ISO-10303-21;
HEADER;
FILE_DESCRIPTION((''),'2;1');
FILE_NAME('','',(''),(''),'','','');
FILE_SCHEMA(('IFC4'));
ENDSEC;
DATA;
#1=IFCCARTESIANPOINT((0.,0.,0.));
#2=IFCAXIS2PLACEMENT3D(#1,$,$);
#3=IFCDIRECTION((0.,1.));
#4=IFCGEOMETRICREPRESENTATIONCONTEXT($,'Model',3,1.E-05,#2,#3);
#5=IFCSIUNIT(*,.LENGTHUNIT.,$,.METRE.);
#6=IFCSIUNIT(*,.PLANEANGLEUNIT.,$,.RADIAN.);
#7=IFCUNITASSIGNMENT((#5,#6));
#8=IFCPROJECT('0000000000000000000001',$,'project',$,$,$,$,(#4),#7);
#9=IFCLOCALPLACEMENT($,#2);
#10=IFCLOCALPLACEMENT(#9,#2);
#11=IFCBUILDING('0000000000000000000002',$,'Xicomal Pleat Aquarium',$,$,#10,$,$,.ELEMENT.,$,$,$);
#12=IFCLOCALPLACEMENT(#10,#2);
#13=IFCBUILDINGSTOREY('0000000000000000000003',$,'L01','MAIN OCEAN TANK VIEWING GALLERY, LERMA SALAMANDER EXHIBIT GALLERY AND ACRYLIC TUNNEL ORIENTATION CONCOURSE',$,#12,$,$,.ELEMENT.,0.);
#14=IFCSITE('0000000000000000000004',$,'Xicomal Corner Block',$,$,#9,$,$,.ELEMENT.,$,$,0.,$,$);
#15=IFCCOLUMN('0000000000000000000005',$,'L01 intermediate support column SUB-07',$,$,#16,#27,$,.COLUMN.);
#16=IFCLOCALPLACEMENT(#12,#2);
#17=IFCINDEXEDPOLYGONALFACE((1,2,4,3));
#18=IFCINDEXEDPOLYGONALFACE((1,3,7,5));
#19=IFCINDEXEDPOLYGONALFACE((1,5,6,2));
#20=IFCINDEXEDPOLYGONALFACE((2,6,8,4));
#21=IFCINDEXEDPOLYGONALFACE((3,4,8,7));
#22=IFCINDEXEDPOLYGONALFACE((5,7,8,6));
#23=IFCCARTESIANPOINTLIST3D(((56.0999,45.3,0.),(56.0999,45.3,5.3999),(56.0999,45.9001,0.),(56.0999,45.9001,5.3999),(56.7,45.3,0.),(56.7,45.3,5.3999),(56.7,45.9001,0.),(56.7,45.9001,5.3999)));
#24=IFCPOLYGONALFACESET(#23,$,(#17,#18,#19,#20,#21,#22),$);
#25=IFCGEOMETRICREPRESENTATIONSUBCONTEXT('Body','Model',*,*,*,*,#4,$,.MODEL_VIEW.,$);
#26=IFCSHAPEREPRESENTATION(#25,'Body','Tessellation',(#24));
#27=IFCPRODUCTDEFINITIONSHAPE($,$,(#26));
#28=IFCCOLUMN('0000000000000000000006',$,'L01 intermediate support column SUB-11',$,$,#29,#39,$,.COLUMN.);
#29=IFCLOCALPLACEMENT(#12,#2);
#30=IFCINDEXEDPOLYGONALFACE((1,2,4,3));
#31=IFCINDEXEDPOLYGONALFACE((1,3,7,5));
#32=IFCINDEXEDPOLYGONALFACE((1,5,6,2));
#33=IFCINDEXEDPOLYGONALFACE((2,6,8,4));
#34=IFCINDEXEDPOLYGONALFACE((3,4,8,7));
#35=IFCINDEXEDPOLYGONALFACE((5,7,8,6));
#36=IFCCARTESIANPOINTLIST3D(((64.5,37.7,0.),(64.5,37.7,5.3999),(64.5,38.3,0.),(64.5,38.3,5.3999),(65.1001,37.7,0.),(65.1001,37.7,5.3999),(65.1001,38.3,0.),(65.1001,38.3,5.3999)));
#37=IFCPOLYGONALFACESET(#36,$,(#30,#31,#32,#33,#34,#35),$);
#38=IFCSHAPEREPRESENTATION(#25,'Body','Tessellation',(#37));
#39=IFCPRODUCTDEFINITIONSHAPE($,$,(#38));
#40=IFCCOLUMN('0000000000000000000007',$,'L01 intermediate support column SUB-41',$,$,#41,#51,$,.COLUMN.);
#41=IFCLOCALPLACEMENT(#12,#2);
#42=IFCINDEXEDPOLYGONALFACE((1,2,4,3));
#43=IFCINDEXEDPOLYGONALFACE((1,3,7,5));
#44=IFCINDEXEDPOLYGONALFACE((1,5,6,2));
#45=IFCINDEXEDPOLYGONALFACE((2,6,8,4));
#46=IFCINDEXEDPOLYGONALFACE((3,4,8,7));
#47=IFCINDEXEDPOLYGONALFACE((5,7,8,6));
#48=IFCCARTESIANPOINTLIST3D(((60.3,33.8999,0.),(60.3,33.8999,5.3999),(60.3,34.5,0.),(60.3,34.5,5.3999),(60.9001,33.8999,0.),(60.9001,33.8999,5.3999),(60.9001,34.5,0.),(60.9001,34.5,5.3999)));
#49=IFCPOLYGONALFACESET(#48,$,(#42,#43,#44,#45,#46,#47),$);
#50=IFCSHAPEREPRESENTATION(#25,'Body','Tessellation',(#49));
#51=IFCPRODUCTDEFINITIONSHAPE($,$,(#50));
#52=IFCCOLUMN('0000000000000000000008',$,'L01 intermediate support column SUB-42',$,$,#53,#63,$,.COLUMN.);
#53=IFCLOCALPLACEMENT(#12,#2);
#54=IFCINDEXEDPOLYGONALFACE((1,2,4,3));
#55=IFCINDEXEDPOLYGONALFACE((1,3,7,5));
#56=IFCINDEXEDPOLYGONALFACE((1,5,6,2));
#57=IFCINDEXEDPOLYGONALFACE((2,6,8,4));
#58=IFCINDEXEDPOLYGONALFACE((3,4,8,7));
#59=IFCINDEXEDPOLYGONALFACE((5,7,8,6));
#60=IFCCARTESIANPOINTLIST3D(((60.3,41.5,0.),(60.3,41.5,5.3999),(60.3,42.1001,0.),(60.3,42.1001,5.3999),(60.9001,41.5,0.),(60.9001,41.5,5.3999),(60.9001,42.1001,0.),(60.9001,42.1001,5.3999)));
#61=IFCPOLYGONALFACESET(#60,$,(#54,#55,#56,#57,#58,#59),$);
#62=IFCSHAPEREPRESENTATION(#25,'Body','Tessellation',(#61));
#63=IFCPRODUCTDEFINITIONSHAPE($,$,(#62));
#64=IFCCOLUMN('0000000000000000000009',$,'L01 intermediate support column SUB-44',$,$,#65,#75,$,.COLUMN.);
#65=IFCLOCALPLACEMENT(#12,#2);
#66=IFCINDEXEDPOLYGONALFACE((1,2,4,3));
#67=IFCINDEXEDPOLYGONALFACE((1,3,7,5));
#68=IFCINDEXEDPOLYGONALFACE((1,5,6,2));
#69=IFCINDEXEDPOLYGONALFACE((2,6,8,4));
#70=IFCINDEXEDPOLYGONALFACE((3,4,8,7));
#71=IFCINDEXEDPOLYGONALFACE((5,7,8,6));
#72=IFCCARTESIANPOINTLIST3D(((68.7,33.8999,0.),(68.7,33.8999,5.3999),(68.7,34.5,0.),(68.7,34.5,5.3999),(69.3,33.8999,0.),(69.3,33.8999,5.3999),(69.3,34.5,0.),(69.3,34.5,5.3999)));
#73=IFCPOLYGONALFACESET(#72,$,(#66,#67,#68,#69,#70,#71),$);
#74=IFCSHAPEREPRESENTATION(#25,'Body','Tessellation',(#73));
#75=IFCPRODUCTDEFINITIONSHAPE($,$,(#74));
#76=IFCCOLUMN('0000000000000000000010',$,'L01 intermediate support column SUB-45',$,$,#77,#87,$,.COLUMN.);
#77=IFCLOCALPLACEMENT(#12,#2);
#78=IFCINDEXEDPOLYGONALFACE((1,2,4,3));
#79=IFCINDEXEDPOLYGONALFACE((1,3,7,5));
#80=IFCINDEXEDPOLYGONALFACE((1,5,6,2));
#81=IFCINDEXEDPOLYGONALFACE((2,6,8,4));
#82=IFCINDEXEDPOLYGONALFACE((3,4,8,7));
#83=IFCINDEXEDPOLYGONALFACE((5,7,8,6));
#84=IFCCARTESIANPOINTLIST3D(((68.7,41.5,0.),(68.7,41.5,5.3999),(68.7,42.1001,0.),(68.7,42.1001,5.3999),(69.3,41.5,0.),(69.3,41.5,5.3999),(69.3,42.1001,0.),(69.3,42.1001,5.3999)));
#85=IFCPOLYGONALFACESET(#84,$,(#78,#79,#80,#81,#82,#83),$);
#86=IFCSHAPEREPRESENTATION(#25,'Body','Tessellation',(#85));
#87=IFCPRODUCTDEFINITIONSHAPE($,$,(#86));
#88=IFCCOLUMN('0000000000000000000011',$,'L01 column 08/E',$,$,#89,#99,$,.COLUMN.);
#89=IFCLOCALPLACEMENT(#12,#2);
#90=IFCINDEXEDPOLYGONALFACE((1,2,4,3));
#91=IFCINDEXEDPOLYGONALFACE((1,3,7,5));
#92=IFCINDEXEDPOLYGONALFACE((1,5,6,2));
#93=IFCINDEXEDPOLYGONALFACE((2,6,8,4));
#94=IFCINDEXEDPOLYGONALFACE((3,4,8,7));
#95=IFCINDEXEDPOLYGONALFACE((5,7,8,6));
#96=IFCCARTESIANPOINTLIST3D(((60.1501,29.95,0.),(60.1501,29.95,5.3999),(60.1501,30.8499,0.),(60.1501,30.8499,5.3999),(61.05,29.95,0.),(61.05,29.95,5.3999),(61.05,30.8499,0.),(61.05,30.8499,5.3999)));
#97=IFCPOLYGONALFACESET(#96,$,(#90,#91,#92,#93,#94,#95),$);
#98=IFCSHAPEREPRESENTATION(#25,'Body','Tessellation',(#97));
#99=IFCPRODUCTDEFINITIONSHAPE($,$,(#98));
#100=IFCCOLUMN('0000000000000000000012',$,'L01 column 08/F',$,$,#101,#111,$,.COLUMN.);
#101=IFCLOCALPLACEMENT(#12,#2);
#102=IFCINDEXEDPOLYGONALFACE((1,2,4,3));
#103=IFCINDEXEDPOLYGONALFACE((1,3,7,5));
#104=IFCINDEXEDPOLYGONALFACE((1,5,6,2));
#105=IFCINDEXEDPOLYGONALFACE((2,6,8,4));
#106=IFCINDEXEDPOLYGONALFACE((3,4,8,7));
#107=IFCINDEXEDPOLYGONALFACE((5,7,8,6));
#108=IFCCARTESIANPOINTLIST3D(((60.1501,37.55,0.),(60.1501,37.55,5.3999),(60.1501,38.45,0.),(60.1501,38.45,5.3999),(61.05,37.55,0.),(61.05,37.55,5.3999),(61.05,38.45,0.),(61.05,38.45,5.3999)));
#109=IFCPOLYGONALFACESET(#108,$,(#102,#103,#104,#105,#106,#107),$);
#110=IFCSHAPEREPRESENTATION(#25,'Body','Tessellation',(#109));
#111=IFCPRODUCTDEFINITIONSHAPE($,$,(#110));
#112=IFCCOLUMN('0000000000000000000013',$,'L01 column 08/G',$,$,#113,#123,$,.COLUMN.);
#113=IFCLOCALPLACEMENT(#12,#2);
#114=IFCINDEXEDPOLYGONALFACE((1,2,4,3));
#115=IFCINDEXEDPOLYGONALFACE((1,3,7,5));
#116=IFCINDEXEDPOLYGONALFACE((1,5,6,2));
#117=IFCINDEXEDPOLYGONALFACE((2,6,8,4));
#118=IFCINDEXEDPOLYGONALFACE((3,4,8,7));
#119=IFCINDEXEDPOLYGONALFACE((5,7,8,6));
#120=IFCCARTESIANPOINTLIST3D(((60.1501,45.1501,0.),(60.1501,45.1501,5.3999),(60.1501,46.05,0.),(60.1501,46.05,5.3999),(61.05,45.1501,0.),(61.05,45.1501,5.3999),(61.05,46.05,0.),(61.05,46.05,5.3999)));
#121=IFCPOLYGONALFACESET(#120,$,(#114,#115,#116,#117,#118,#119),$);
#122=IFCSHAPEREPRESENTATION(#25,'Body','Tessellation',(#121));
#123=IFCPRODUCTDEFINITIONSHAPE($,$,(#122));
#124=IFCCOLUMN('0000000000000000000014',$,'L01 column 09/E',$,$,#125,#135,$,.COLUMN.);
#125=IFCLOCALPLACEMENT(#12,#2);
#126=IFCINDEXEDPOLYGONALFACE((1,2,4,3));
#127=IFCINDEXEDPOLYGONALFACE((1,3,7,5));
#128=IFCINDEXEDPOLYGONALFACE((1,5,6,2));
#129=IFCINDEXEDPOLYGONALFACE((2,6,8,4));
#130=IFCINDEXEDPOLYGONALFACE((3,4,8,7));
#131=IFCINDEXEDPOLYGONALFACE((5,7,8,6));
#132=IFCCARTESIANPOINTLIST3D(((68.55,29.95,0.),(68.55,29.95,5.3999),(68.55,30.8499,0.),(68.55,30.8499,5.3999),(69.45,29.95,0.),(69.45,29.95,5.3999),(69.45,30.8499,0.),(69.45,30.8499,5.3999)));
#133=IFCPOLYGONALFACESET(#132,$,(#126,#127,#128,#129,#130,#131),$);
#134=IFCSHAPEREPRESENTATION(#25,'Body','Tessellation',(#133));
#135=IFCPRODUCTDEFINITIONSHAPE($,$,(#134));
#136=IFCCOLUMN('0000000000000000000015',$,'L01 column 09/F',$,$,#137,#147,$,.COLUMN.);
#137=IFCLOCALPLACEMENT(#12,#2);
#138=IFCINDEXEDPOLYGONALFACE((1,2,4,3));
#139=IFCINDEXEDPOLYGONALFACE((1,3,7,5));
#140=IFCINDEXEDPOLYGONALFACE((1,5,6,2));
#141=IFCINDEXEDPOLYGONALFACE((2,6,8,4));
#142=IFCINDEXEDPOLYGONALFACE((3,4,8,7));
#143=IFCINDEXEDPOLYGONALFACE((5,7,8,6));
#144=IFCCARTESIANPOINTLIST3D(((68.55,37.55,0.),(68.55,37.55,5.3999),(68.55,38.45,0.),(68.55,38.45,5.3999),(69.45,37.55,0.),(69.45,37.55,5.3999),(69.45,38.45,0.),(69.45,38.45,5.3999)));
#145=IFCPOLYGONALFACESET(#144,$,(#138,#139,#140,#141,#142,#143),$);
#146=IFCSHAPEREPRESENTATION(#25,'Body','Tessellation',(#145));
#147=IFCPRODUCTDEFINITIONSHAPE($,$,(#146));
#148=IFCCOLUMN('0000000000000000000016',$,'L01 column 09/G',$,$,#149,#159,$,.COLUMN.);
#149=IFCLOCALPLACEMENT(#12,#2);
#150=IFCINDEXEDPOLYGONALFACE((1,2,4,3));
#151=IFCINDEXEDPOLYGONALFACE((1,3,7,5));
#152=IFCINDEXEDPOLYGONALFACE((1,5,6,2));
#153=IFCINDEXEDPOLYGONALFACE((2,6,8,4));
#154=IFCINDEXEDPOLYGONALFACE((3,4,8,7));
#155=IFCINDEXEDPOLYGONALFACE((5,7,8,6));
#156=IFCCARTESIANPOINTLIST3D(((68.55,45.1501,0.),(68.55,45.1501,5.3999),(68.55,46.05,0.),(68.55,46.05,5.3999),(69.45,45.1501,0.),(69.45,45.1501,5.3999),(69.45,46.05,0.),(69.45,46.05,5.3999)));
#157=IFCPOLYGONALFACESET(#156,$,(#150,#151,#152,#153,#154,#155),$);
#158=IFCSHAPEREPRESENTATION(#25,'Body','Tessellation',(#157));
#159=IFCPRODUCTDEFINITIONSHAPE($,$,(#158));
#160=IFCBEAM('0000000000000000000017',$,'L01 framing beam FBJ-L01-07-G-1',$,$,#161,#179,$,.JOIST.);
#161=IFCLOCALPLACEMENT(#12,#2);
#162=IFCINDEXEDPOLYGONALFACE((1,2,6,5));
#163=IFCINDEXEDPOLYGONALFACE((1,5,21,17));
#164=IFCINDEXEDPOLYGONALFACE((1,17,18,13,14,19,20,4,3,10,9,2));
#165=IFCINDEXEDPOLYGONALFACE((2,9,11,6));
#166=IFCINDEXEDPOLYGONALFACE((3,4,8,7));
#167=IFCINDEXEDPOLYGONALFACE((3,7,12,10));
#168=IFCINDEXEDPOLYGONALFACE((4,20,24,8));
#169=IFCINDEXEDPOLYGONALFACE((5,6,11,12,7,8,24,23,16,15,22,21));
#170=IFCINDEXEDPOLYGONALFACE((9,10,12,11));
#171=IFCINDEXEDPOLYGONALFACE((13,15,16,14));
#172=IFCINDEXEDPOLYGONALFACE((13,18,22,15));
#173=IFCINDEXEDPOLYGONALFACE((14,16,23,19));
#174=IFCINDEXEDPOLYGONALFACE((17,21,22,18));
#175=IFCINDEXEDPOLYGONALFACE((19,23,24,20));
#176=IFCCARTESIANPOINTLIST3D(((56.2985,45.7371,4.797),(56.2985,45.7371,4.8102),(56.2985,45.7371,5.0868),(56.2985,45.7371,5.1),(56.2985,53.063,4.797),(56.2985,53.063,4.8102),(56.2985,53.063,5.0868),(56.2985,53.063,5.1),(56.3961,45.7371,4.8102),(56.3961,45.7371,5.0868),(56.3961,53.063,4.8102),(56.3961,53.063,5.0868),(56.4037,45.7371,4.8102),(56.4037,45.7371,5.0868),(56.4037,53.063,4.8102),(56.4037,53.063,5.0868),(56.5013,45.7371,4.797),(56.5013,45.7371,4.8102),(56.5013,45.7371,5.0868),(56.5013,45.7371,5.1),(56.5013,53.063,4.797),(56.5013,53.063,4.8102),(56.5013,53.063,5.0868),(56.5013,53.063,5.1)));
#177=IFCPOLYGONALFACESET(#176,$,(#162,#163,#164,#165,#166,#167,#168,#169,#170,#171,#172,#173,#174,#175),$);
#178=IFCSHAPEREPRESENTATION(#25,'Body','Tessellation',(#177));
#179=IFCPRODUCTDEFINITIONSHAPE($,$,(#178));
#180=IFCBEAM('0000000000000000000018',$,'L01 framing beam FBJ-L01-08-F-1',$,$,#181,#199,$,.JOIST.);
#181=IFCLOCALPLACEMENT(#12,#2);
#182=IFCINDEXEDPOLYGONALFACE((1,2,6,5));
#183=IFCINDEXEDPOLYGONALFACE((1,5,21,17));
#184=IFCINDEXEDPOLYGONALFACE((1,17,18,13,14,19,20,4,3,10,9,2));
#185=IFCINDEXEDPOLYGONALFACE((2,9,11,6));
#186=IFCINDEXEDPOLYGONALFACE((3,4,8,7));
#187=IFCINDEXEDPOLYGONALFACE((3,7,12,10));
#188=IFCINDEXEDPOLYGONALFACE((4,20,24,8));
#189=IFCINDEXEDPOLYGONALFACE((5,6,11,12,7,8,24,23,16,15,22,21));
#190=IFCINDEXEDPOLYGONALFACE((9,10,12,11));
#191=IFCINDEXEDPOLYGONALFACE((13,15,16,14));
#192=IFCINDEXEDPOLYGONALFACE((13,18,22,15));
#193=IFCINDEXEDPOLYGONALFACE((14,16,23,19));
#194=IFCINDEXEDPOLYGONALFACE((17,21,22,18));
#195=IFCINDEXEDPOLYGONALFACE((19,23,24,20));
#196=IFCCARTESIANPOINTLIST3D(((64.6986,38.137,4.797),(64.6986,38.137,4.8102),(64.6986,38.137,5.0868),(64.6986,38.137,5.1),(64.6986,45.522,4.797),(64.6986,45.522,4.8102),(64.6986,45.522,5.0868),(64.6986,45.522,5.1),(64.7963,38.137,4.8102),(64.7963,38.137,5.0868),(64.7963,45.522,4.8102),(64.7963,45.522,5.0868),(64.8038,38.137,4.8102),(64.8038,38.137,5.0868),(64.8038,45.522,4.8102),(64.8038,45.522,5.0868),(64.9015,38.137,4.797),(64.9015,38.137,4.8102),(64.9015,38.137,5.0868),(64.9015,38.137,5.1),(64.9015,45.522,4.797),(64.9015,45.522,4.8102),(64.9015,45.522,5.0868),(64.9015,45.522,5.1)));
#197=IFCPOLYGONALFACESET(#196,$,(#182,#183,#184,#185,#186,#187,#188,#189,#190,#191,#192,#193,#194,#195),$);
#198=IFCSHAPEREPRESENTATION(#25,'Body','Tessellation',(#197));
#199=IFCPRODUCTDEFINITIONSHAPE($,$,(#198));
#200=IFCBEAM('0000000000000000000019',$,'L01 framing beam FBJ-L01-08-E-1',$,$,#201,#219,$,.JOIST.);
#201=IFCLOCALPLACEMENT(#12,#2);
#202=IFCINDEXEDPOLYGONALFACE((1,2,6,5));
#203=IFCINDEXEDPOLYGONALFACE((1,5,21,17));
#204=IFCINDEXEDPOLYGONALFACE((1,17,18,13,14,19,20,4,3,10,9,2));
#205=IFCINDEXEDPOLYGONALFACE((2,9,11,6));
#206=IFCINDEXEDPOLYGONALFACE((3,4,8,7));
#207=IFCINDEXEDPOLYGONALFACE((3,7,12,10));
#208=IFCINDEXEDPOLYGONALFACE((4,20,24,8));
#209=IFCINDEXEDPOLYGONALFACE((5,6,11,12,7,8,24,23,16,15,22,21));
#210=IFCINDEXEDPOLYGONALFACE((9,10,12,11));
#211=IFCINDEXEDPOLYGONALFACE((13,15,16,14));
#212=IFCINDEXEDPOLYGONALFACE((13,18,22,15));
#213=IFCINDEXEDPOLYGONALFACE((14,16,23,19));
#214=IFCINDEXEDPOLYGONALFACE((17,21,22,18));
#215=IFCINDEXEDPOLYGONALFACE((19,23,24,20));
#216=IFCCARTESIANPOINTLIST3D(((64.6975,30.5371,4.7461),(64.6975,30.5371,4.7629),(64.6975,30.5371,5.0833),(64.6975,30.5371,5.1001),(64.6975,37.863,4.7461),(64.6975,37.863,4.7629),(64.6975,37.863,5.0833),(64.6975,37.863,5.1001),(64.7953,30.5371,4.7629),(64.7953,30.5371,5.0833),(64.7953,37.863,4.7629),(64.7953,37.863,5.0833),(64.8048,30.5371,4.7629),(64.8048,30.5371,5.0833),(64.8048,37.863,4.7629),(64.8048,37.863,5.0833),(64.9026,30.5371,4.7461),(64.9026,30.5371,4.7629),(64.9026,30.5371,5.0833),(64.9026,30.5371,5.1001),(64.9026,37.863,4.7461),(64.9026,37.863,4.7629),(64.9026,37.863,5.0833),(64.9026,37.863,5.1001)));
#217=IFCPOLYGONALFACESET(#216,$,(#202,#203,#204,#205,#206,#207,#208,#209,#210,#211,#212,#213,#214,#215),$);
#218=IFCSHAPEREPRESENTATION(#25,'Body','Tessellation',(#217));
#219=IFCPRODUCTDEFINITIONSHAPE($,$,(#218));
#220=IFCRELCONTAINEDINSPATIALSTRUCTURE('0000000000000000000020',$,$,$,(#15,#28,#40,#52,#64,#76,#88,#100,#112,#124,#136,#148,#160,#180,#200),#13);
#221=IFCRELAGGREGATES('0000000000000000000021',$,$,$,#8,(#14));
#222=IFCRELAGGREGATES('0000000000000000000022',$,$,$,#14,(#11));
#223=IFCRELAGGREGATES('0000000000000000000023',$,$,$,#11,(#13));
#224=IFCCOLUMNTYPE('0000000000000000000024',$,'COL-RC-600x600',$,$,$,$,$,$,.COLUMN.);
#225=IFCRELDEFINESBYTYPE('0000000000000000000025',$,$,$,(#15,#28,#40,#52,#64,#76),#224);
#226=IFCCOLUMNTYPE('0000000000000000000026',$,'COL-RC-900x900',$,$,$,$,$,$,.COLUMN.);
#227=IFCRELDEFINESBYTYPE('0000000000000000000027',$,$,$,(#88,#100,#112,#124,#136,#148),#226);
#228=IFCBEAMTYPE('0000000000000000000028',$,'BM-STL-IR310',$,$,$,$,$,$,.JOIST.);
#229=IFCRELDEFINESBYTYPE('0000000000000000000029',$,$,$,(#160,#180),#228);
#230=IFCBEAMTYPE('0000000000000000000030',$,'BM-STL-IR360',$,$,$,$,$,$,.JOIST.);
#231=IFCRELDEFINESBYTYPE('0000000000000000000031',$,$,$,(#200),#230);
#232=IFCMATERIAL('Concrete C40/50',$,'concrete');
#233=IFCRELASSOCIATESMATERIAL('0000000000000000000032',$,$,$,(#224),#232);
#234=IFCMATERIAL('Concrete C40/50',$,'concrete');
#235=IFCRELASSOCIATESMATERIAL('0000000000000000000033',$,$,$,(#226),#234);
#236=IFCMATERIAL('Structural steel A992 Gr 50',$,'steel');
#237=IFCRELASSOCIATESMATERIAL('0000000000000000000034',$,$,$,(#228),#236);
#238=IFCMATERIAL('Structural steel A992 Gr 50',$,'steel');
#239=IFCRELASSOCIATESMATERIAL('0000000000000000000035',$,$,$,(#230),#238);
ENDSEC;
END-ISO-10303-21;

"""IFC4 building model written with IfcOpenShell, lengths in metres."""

from ifc_helpers import new_model, si_unit, direction, frame, origin, origin_2d, place, context, subcontext, project, spatial, rectangle, i_section, extrude, material, material_profile, profile_set, type_object, element, save


model = new_model("IFC4")

# Units and contexts
model_context = context("Model", 3, precision=1e-05, world=origin(), true_north=direction((0.0, 1.0)))
body_context = subcontext(model_context, "Body", "Model", "MODEL_VIEW")
ifc_project = project(units=[si_unit("LENGTHUNIT", "METRE"), si_unit("PLANEANGLEUNIT", "RADIAN")], contexts=[model_context])

# Site, building, storey
site_placement = place(None, origin())
site = spatial("IfcSite", under=ifc_project, at=site_placement, Name="Xicomal Corner Block", CompositionType="ELEMENT", RefElevation=0.0)
building_placement = place(site_placement, origin())
building = spatial("IfcBuilding", under=site, at=building_placement, Name="Xicomal Pleat Aquarium", CompositionType="ELEMENT")
storey_placement = place(building_placement, origin())
storey = spatial("IfcBuildingStorey", under=building, at=storey_placement, Name="L01", Description="MAIN OCEAN TANK VIEWING GALLERY, LERMA SALAMANDER EXHIBIT GALLERY AND ACRYLIC TUNNEL ORIENTATION CONCOURSE", CompositionType="ELEMENT", Elevation=0.0)

# Columns
ifc_material_1 = material(Name="Concrete C40/50", Category="concrete")
ifc_material_profile_1 = material_profile(ifc_material_1, rectangle(XDim=0.6001, YDim=0.6001, at=origin_2d()), Name="RC 600x600")
ifc_profile_set_1 = profile_set([ifc_material_profile_1], Name="Concrete C40/50")
column_type_1 = type_object("IfcColumnType", Name="COL-RC-600x600", PredefinedType="COLUMN", material=ifc_profile_set_1)
for number, where, z_axis, x_axis, name in (
    (1, (56.3999, 45.6001, 0.0), (0.0, 0.0, 1.0), (1.0, 0.0, 0.0), "L01 intermediate support column SUB-07"),
    (2, (64.8, 38.0, 0.0), (0.0, 0.0, 1.0), (1.0, 0.0, 0.0), "L01 intermediate support column SUB-11"),
    (3, (60.6001, 34.2, 0.0), (0.0, 0.0, 1.0), (1.0, 0.0, 0.0), "L01 intermediate support column SUB-41"),
    (4, (60.6001, 41.8, 0.0), (0.0, 0.0, 1.0), (1.0, 0.0, 0.0), "L01 intermediate support column SUB-42"),
    (5, (69.0, 34.2, 0.0), (0.0, 0.0, 1.0), (1.0, 0.0, 0.0), "L01 intermediate support column SUB-44"),
    (6, (69.0, 41.8, 0.0), (0.0, 0.0, 1.0), (1.0, 0.0, 0.0), "L01 intermediate support column SUB-45"),
):
    element("IfcColumn", number, at=place(storey_placement, frame(where, z_axis=z_axis, x_axis=x_axis)), inside=storey, type_object=column_type_1, Name=name, PredefinedType="COLUMN", context=body_context, shape_type="SweptSolid", body=[
        extrude(rectangle(XDim=0.6001, YDim=0.6001, at=origin_2d()), origin(), (0.0, 0.0, 1.0), 5.3999),
    ])
ifc_material_2 = material(Name="Concrete C40/50", Category="concrete")
ifc_material_profile_2 = material_profile(ifc_material_2, rectangle(XDim=0.8999, YDim=0.8999, at=origin_2d()), Name="RC 900x900")
ifc_profile_set_2 = profile_set([ifc_material_profile_2], Name="Concrete C40/50")
column_type_2 = type_object("IfcColumnType", Name="COL-RC-900x900", PredefinedType="COLUMN", material=ifc_profile_set_2)
for number, where, z_axis, x_axis, name in (
    (7, (60.6001, 30.3999, 0.0), (0.0, 0.0, 1.0), (1.0, 0.0, 0.0), "L01 column 08/E"),
    (8, (60.6001, 38.0, 0.0), (0.0, 0.0, 1.0), (1.0, 0.0, 0.0), "L01 column 08/F"),
    (9, (60.6001, 45.6001, 0.0), (0.0, 0.0, 1.0), (1.0, 0.0, 0.0), "L01 column 08/G"),
    (10, (69.0, 30.3999, 0.0), (0.0, 0.0, 1.0), (1.0, 0.0, 0.0), "L01 column 09/E"),
    (11, (69.0, 38.0, 0.0), (0.0, 0.0, 1.0), (1.0, 0.0, 0.0), "L01 column 09/F"),
    (12, (69.0, 45.6001, 0.0), (0.0, 0.0, 1.0), (1.0, 0.0, 0.0), "L01 column 09/G"),
):
    element("IfcColumn", number, at=place(storey_placement, frame(where, z_axis=z_axis, x_axis=x_axis)), inside=storey, type_object=column_type_2, Name=name, PredefinedType="COLUMN", context=body_context, shape_type="SweptSolid", body=[
        extrude(rectangle(XDim=0.8999, YDim=0.8999, at=origin_2d()), origin(), (0.0, 0.0, 1.0), 5.3999),
    ])

# Beams
ifc_material_3 = material(Name="Structural steel A992 Gr 50", Category="steel")
ifc_material_profile_3 = material_profile(ifc_material_3, i_section(OverallWidth=0.2029, OverallDepth=0.303, WebThickness=0.0076, FlangeThickness=0.0132, at=origin_2d()), Name="IR 310x60")
ifc_profile_set_3 = profile_set([ifc_material_profile_3], Name="Structural steel A992 Gr 50")
beam_type_1 = type_object("IfcBeamType", Name="BM-STL-IR310", PredefinedType="JOIST", material=ifc_profile_set_3)
beam_1_placement = place(storey_placement, frame((56.3999, 45.7371, 4.9485), z_axis=(0.0, 1.0, 0.0), x_axis=(-1.0, 0.0, 0.0)))
element("IfcBeam", 13, at=beam_1_placement, inside=storey, type_object=beam_type_1, Name="L01 framing beam FBJ-L01-07-G-1", PredefinedType="JOIST", context=body_context, shape_type="SweptSolid", body=[
    extrude(i_section(OverallWidth=0.2029, OverallDepth=0.303, WebThickness=0.0076, FlangeThickness=0.0132, at=origin_2d()), origin(), (0.0, 0.0, 1.0), 7.3259),
])
beam_2_placement = place(storey_placement, frame((64.8, 38.137, 4.9485), z_axis=(0.0, 1.0, 0.0), x_axis=(-1.0, 0.0, 0.0)))
element("IfcBeam", 14, at=beam_2_placement, inside=storey, type_object=beam_type_1, Name="L01 framing beam FBJ-L01-08-F-1", PredefinedType="JOIST", context=body_context, shape_type="SweptSolid", body=[
    extrude(i_section(OverallWidth=0.2029, OverallDepth=0.303, WebThickness=0.0076, FlangeThickness=0.0132, at=origin_2d()), origin(), (0.0, 0.0, 1.0), 7.385),
])
ifc_material_4 = material(Name="Structural steel A992 Gr 50", Category="steel")
ifc_material_profile_4 = material_profile(ifc_material_4, i_section(OverallWidth=0.2051, OverallDepth=0.354, WebThickness=0.0095, FlangeThickness=0.0168, at=origin_2d()), Name="IR 360x79")
ifc_profile_set_4 = profile_set([ifc_material_profile_4], Name="Structural steel A992 Gr 50")
beam_type_2 = type_object("IfcBeamType", Name="BM-STL-IR360", PredefinedType="JOIST", material=ifc_profile_set_4)
beam_3_placement = place(storey_placement, frame((64.8, 30.5371, 4.9231), z_axis=(0.0, 1.0, 0.0), x_axis=(-1.0, 0.0, 0.0)))
element("IfcBeam", 15, at=beam_3_placement, inside=storey, type_object=beam_type_2, Name="L01 framing beam FBJ-L01-08-E-1", PredefinedType="JOIST", context=body_context, shape_type="SweptSolid", body=[
    extrude(i_section(OverallWidth=0.2051, OverallDepth=0.354, WebThickness=0.0095, FlangeThickness=0.0168, at=origin_2d()), origin(), (0.0, 0.0, 1.0), 7.3259),
])

save(model, "model.ifc")
